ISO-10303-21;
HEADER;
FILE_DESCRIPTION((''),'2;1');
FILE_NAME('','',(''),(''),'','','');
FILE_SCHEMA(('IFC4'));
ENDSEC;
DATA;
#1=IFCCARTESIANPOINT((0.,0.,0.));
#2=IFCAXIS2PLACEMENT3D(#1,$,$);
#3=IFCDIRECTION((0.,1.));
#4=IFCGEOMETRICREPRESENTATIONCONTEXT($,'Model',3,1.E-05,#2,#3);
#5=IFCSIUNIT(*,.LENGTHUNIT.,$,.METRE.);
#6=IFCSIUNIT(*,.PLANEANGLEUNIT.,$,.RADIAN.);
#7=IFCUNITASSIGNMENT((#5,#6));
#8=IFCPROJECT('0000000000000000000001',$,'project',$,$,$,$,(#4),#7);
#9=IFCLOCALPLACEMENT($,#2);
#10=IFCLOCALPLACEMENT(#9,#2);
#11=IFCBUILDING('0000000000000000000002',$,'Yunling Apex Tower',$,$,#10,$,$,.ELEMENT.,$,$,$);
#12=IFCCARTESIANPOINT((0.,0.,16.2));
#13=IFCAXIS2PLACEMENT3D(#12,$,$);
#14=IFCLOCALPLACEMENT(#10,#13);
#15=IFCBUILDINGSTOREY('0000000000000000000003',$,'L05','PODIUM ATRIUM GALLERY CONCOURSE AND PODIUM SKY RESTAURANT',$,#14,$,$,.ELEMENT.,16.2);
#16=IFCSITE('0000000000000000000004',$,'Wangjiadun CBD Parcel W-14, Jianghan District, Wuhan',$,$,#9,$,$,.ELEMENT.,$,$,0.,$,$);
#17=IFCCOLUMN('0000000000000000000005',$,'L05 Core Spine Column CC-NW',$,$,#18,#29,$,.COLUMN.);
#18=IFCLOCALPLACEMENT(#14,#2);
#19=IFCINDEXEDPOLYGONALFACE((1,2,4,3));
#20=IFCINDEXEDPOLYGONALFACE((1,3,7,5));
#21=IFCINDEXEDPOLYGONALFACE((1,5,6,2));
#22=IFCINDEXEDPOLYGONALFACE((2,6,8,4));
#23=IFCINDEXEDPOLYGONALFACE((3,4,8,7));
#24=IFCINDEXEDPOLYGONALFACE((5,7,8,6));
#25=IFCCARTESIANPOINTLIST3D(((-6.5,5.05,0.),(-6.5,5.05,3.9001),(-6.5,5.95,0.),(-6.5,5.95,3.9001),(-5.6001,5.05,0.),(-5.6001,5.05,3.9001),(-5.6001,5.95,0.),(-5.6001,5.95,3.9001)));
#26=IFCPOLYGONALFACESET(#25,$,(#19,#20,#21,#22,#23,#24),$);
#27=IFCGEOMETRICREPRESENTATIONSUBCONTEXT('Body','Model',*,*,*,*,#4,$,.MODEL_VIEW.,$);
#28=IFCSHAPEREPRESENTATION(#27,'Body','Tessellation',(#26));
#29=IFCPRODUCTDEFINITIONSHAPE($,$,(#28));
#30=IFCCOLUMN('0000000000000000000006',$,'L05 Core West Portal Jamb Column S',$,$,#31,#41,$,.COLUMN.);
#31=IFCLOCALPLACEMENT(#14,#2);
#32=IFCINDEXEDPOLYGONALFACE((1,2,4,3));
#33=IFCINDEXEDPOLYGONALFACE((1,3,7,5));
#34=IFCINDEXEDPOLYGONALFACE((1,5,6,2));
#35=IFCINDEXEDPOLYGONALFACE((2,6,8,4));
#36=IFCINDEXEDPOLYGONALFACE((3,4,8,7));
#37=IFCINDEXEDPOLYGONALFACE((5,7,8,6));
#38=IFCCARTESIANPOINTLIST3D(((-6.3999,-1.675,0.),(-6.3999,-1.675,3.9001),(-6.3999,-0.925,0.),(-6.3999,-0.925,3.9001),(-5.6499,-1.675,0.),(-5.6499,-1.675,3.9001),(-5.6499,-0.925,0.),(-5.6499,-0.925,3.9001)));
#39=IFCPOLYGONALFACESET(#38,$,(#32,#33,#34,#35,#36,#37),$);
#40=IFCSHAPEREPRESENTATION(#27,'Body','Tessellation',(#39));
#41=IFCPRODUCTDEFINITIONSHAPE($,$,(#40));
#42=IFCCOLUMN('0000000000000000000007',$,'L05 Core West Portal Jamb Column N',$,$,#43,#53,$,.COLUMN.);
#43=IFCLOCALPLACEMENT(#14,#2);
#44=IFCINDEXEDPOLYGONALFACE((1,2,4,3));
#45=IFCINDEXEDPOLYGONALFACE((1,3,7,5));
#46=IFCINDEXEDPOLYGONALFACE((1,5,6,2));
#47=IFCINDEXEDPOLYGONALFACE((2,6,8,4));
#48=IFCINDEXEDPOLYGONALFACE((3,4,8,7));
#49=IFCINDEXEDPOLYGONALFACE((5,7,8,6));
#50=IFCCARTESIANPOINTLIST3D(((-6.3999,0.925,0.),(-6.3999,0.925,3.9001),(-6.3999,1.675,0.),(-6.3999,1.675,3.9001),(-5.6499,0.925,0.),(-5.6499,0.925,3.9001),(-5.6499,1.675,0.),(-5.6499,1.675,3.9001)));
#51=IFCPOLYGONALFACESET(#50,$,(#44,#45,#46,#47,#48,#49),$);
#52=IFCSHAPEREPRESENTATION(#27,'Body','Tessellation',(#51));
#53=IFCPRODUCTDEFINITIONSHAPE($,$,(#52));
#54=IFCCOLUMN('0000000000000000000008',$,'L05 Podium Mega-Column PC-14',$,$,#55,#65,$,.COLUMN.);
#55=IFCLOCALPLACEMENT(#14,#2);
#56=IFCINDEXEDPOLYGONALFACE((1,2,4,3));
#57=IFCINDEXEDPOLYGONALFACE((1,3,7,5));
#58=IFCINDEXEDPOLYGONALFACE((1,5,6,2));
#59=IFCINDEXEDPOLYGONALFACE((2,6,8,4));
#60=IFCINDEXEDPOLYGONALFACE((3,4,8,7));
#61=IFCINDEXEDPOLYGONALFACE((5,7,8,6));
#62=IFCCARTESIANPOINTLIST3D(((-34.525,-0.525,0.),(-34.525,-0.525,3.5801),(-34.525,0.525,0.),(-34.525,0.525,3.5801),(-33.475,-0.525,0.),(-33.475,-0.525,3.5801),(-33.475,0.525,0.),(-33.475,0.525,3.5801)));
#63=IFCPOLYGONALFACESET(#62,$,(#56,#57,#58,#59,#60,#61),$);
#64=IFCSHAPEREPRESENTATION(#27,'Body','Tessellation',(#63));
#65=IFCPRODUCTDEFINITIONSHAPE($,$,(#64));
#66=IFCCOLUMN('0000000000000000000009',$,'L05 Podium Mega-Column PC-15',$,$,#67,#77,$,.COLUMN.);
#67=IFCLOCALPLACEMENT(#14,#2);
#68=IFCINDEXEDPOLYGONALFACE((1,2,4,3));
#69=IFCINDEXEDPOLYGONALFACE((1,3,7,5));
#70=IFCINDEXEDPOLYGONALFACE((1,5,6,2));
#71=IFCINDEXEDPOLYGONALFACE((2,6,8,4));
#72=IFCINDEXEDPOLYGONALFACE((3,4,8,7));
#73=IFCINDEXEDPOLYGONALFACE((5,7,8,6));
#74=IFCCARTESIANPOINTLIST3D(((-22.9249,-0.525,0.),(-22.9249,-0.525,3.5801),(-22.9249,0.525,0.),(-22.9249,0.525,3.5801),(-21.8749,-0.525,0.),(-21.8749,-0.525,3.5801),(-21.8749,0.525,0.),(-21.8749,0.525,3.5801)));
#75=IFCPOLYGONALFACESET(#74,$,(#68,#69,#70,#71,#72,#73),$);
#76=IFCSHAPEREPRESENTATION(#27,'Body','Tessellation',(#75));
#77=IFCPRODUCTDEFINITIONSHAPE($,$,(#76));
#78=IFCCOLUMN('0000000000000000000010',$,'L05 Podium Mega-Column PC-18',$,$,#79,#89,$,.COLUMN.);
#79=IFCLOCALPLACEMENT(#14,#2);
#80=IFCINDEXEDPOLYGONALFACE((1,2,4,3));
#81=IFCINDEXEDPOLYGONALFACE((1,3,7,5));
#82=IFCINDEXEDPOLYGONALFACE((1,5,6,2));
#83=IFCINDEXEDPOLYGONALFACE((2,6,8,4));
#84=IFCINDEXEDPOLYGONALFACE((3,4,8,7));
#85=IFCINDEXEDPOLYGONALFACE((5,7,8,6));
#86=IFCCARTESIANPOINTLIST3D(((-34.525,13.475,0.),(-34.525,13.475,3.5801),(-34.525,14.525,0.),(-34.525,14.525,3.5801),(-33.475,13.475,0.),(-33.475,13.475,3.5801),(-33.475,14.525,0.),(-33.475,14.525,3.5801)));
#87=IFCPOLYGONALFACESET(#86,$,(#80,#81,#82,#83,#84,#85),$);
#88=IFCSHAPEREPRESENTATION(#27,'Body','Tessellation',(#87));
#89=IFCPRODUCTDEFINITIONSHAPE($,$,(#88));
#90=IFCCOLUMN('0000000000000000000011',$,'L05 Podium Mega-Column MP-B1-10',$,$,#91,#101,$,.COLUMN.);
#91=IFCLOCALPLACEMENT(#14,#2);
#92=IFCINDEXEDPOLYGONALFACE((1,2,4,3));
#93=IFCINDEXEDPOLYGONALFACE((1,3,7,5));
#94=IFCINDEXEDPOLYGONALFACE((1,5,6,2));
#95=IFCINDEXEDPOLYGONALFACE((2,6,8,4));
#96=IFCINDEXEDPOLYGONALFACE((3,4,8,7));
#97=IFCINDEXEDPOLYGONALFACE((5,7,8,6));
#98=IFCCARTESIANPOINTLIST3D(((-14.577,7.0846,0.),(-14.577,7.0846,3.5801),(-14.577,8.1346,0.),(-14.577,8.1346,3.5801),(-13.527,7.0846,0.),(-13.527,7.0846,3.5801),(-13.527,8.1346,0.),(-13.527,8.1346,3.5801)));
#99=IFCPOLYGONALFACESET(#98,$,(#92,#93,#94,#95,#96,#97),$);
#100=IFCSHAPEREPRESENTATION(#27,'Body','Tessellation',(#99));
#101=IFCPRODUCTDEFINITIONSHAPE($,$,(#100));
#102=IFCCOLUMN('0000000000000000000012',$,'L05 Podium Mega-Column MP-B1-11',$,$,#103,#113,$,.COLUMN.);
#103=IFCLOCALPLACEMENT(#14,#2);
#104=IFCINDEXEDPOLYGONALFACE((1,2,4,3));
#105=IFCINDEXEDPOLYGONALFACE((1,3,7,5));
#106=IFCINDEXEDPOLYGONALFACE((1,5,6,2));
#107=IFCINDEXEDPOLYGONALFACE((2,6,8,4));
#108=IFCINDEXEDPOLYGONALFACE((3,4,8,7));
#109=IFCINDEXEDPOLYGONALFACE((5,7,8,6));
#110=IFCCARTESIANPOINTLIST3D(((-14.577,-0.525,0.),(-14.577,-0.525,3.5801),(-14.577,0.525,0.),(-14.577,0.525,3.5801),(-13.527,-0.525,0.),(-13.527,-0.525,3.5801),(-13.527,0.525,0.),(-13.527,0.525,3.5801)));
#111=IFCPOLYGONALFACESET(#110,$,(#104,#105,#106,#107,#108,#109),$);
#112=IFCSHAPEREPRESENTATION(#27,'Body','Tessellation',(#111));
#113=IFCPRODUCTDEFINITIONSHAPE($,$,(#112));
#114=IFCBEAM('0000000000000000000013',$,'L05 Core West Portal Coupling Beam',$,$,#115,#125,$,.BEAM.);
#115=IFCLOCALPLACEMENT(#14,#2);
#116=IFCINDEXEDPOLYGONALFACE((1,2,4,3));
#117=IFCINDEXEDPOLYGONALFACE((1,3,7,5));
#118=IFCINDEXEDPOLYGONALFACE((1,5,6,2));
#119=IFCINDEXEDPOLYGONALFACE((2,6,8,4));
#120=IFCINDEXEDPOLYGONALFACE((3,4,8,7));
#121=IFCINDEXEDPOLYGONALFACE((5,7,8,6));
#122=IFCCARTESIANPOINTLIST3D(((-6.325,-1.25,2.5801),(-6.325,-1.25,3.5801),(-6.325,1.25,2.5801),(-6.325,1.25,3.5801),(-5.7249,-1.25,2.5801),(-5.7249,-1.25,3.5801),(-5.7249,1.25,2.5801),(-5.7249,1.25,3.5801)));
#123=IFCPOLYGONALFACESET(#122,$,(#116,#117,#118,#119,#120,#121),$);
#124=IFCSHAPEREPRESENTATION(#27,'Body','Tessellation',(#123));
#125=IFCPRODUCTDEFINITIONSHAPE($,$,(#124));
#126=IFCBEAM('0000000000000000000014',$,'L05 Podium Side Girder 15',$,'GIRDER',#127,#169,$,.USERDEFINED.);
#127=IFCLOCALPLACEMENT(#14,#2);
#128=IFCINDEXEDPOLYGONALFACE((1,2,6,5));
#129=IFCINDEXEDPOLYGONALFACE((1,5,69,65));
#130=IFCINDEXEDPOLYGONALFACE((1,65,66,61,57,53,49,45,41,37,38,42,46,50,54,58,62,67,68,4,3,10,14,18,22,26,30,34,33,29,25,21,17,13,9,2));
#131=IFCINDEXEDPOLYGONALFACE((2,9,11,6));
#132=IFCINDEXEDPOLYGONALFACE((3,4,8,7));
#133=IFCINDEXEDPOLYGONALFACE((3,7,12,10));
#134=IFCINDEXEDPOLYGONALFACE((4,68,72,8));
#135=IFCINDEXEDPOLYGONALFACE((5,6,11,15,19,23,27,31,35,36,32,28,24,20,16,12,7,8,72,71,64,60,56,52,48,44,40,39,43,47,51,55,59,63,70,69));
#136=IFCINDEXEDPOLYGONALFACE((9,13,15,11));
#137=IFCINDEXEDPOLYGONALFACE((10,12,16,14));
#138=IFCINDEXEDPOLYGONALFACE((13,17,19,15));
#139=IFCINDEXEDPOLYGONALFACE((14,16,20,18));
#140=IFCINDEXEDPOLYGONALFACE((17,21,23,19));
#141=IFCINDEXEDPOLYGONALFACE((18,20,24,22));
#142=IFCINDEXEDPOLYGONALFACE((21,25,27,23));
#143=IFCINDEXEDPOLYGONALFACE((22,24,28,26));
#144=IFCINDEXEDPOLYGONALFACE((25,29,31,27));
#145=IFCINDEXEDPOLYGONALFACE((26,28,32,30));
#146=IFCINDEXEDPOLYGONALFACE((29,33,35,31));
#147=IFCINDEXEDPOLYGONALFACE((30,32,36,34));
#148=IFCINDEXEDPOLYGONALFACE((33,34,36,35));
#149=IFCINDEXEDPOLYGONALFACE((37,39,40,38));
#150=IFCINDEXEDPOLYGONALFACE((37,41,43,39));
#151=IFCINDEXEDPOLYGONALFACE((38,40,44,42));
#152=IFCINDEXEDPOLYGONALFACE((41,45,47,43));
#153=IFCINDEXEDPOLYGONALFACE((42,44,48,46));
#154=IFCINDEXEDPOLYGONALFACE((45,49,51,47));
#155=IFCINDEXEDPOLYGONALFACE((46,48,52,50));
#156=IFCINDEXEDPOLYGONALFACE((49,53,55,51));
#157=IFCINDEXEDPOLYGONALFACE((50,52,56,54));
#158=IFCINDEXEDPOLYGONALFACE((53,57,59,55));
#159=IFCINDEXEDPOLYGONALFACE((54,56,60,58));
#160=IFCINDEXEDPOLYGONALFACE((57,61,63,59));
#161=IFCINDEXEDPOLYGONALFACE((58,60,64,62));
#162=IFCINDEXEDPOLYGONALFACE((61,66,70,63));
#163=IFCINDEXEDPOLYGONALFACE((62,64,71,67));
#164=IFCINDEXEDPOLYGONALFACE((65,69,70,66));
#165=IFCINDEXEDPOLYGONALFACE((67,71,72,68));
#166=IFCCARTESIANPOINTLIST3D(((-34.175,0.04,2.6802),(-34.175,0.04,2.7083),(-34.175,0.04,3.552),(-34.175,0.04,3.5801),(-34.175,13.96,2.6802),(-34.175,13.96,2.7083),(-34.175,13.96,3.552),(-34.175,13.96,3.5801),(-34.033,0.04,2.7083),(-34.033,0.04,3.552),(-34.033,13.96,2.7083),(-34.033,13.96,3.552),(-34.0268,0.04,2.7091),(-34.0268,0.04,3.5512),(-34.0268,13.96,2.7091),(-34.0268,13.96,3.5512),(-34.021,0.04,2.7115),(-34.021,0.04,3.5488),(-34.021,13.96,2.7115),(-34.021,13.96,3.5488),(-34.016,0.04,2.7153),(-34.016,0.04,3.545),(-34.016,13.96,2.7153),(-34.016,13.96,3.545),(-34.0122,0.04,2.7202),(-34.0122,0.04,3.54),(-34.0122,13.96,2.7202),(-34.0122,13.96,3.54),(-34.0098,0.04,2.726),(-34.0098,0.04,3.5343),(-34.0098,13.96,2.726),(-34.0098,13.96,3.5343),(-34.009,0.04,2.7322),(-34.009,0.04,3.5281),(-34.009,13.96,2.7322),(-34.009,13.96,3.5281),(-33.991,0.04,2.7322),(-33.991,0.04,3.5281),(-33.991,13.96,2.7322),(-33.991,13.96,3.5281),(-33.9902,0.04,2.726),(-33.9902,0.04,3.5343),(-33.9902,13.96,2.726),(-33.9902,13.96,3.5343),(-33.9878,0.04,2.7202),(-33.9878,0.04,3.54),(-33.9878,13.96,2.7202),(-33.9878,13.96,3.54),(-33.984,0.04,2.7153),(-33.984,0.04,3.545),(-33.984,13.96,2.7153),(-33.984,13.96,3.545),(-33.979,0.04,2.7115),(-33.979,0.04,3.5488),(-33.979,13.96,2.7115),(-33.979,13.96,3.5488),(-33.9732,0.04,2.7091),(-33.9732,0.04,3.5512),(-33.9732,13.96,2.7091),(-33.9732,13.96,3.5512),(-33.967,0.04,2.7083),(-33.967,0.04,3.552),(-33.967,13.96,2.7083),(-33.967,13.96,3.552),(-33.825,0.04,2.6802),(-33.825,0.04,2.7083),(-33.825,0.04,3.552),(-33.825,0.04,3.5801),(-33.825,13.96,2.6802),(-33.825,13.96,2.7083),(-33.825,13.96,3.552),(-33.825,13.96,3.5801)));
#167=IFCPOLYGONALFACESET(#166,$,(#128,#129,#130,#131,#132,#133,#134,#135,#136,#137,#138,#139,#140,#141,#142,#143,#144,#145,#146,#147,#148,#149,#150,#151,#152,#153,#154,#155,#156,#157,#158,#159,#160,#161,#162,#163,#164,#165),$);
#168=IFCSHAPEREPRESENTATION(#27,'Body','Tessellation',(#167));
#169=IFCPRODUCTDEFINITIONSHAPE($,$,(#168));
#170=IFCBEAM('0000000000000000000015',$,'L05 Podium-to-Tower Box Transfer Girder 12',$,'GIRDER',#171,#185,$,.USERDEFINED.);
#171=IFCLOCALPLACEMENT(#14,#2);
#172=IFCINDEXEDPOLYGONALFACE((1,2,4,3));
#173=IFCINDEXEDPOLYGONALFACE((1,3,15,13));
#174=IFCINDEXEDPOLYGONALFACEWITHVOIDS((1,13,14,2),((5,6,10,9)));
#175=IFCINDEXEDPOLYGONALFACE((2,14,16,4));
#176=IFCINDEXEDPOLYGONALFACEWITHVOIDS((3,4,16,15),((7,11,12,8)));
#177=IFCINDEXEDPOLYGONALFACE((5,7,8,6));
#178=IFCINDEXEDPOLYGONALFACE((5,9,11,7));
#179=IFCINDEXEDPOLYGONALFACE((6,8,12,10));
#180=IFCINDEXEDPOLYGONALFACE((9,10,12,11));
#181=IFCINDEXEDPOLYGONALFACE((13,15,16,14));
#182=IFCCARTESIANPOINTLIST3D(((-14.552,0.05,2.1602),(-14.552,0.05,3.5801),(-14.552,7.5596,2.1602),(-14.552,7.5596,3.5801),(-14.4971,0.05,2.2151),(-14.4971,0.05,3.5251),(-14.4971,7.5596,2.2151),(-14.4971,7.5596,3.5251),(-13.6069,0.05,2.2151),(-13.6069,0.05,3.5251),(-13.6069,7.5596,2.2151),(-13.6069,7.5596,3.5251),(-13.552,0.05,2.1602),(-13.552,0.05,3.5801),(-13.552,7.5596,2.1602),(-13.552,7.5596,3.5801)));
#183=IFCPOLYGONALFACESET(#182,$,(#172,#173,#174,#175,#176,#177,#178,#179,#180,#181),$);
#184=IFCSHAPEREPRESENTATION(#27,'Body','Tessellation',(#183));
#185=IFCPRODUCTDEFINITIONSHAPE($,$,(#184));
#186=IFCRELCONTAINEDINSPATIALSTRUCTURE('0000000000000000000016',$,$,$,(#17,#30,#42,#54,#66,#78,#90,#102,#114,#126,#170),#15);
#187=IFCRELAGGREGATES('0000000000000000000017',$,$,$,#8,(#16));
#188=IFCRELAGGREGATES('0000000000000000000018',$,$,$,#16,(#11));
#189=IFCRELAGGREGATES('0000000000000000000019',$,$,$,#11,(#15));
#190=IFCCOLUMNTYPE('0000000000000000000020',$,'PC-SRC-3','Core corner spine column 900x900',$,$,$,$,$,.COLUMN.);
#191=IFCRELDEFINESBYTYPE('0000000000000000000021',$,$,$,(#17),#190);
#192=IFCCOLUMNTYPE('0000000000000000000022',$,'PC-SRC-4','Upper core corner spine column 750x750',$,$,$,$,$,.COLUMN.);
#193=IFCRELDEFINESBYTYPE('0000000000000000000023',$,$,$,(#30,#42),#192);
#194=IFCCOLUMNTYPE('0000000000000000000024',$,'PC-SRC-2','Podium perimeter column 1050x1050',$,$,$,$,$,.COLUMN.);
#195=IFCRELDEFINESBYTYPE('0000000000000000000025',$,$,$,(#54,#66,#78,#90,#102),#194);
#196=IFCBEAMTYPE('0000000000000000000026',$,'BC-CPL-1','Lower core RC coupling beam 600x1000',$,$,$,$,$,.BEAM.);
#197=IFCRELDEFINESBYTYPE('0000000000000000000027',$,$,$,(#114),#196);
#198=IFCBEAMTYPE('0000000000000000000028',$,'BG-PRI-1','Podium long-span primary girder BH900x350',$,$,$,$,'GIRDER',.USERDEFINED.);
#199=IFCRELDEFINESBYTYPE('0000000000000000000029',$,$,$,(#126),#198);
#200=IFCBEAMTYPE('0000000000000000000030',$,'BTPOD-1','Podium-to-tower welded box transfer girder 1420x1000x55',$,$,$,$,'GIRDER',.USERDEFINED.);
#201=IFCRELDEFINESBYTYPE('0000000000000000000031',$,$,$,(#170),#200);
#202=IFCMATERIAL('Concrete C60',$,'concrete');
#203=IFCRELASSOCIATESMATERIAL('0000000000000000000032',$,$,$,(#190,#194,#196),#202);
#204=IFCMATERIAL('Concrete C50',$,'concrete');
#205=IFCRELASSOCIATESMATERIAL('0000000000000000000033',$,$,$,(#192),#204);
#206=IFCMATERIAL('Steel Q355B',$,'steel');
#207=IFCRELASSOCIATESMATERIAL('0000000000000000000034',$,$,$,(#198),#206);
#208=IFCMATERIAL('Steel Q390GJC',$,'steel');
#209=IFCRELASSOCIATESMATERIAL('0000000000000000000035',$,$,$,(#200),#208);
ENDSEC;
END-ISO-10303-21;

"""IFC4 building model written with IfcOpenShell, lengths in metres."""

from ifc_helpers import new_model, si_unit, direction, frame, origin, origin_2d, place, context, subcontext, project, spatial, rectangle, hollow_rectangle, i_section, extrude, source, transform, mapped, material, material_profile, profile_set, type_object, element, save


model = new_model("IFC4")

# Units and contexts
model_context = context("Model", 3, precision=1e-05, world=origin(), true_north=direction((0.0, 1.0)))
body_context = subcontext(model_context, "Body", "Model", "MODEL_VIEW")
ifc_project = project(units=[si_unit("LENGTHUNIT", "METRE"), si_unit("PLANEANGLEUNIT", "RADIAN")], contexts=[model_context])

# Site, building, storey
site_placement = place(None, origin())
site = spatial("IfcSite", under=ifc_project, at=site_placement, Name="Wangjiadun CBD Parcel W-14, Jianghan District, Wuhan", CompositionType="ELEMENT", RefElevation=0.0)
building_placement = place(site_placement, origin())
building = spatial("IfcBuilding", under=site, at=building_placement, Name="Yunling Apex Tower", CompositionType="ELEMENT")
storey_placement = place(building_placement, frame((0.0, 0.0, 16.2)))
storey = spatial("IfcBuildingStorey", under=building, at=storey_placement, Name="L05", Description="PODIUM ATRIUM GALLERY CONCOURSE AND PODIUM SKY RESTAURANT", CompositionType="ELEMENT", Elevation=16.2)

# Columns
ifc_material_1 = material(Name="Concrete C60", Category="concrete")
ifc_material_profile_1 = material_profile(ifc_material_1, rectangle(XDim=0.8999, YDim=0.8999, at=origin_2d()))
ifc_profile_set_1 = profile_set([ifc_material_profile_1], Name="Concrete C60")
column_type_1 = type_object("IfcColumnType", Name="PC-SRC-3", Description="Core corner spine column 900x900", PredefinedType="COLUMN", material=ifc_profile_set_1)
shared_shape_1 = source(origin(), body_context, "Body", "SweptSolid", [
    extrude(rectangle(XDim=0.8999, YDim=0.8999, at=origin_2d()), origin(), (0.0, 0.0, 1.0), 3.9001),
])
column_placement = place(storey_placement, frame((-6.05, 5.5, 0.0), z_axis=(0.0, 0.0, 1.0), x_axis=(1.0, 0.0, 0.0)))
element("IfcColumn", 1, at=column_placement, inside=storey, type_object=column_type_1, Name="L05 Core Spine Column CC-NW", PredefinedType="COLUMN", context=body_context, shape_type="MappedRepresentation", body=[
    mapped(shared_shape_1, transform((0.0, 0.0, 0.0), scale=1.0)),
])
ifc_material_2 = material(Name="Concrete C50", Category="concrete")
ifc_material_profile_2 = material_profile(ifc_material_2, rectangle(XDim=0.75, YDim=0.75, at=origin_2d()))
ifc_profile_set_2 = profile_set([ifc_material_profile_2], Name="Concrete C50")
column_type_2 = type_object("IfcColumnType", Name="PC-SRC-4", Description="Upper core corner spine column 750x750", PredefinedType="COLUMN", material=ifc_profile_set_2)
shared_shape_2 = source(origin(), body_context, "Body", "SweptSolid", [
    extrude(rectangle(XDim=0.75, YDim=0.75, at=origin_2d()), origin(), (0.0, 0.0, 1.0), 3.9001),
])
for number, where, z_axis, x_axis, name in (
    (2, (-6.0249, -1.3, 0.0), (0.0, 0.0, 1.0), (1.0, 0.0, 0.0), "L05 Core West Portal Jamb Column S"),
    (3, (-6.0249, 1.3, 0.0), (0.0, 0.0, 1.0), (1.0, 0.0, 0.0), "L05 Core West Portal Jamb Column N"),
):
    element("IfcColumn", number, at=place(storey_placement, frame(where, z_axis=z_axis, x_axis=x_axis)), inside=storey, type_object=column_type_2, Name=name, PredefinedType="COLUMN", context=body_context, shape_type="MappedRepresentation", body=[
        mapped(shared_shape_2, transform((0.0, 0.0, 0.0), scale=1.0)),
    ])
ifc_material_profile_3 = material_profile(ifc_material_1, rectangle(XDim=1.05, YDim=1.05, at=origin_2d()))
ifc_profile_set_3 = profile_set([ifc_material_profile_3], Name="Concrete C60")
column_type_3 = type_object("IfcColumnType", Name="PC-SRC-2", Description="Podium perimeter column 1050x1050", PredefinedType="COLUMN", material=ifc_profile_set_3)
shared_shape_3 = source(origin(), body_context, "Body", "SweptSolid", [
    extrude(rectangle(XDim=1.05, YDim=1.05, at=origin_2d()), origin(), (0.0, 0.0, 1.0), 3.5801),
])
for number, where, z_axis, x_axis, name in (
    (4, (-34.0, 0.0, 0.0), (0.0, 0.0, 1.0), (1.0, 0.0, 0.0), "L05 Podium Mega-Column PC-14"),
    (5, (-22.3999, 0.0, 0.0), (0.0, 0.0, 1.0), (1.0, 0.0, 0.0), "L05 Podium Mega-Column PC-15"),
    (6, (-34.0, 14.0, 0.0), (0.0, 0.0, 1.0), (1.0, 0.0, 0.0), "L05 Podium Mega-Column PC-18"),
    (7, (-14.052, 7.6096, 0.0), (0.0, 0.0, 1.0), (1.0, 0.0, 0.0), "L05 Podium Mega-Column MP-B1-10"),
    (8, (-14.052, 0.0, 0.0), (0.0, 0.0, 1.0), (1.0, 0.0, 0.0), "L05 Podium Mega-Column MP-B1-11"),
):
    element("IfcColumn", number, at=place(storey_placement, frame(where, z_axis=z_axis, x_axis=x_axis)), inside=storey, type_object=column_type_3, Name=name, PredefinedType="COLUMN", context=body_context, shape_type="MappedRepresentation", body=[
        mapped(shared_shape_3, transform((0.0, 0.0, 0.0), scale=1.0)),
    ])

# Beams
ifc_material_profile_4 = material_profile(ifc_material_1, rectangle(XDim=0.6001, YDim=1.0, at=origin_2d()))
ifc_profile_set_4 = profile_set([ifc_material_profile_4], Name="Concrete C60")
beam_type_1 = type_object("IfcBeamType", Name="BC-CPL-1", Description="Lower core RC coupling beam 600x1000", PredefinedType="BEAM", material=ifc_profile_set_4)
shared_shape_4 = source(origin(), body_context, "Body", "SweptSolid", [
    extrude(rectangle(XDim=0.6001, YDim=1.0, at=origin_2d()), origin(), (0.0, 0.0, 1.0), 2.5),
])
beam_1_placement = place(storey_placement, frame((-6.0249, -1.25, 3.0801), z_axis=(0.0, 1.0, 0.0), x_axis=(-1.0, 0.0, 0.0)))
element("IfcBeam", 9, at=beam_1_placement, inside=storey, type_object=beam_type_1, Name="L05 Core West Portal Coupling Beam", PredefinedType="BEAM", context=body_context, shape_type="MappedRepresentation", body=[
    mapped(shared_shape_4, transform((0.0, 0.0, 0.0), scale=1.0)),
])
ifc_material_3 = material(Name="Steel Q355B", Category="steel")
ifc_material_profile_5 = material_profile(ifc_material_3, i_section(OverallWidth=0.3501, OverallDepth=0.8999, WebThickness=0.0181, FlangeThickness=0.0281, FilletRadius=0.0239, at=origin_2d()))
ifc_profile_set_5 = profile_set([ifc_material_profile_5], Name="Steel Q355B")
beam_type_2 = type_object("IfcBeamType", Name="BG-PRI-1", Description="Podium long-span primary girder BH900x350", ElementType="GIRDER", PredefinedType="USERDEFINED", material=ifc_profile_set_5)
shared_shape_5 = source(origin(), body_context, "Body", "SweptSolid", [
    extrude(i_section(OverallWidth=0.3501, OverallDepth=0.8999, WebThickness=0.0181, FlangeThickness=0.0281, FilletRadius=0.0239, at=origin_2d()), origin(), (0.0, 0.0, 1.0), 13.9199),
])
beam_2_placement = place(storey_placement, frame((-34.0, 0.04, 3.1301), z_axis=(0.0, 1.0, 0.0), x_axis=(-1.0, 0.0, 0.0)))
element("IfcBeam", 10, at=beam_2_placement, inside=storey, type_object=beam_type_2, Name="L05 Podium Side Girder 15", ObjectType="GIRDER", PredefinedType="USERDEFINED", context=body_context, shape_type="MappedRepresentation", body=[
    mapped(shared_shape_5, transform((0.0, 0.0, 0.0), scale=1.0)),
])
ifc_material_4 = material(Name="Steel Q390GJC", Category="steel")
ifc_material_profile_6 = material_profile(ifc_material_4, hollow_rectangle(XDim=1.0, YDim=1.4199, WallThickness=0.0549, at=origin_2d()))
ifc_profile_set_6 = profile_set([ifc_material_profile_6], Name="Steel Q390GJC")
beam_type_3 = type_object("IfcBeamType", Name="BTPOD-1", Description="Podium-to-tower welded box transfer girder 1420x1000x55", ElementType="GIRDER", PredefinedType="USERDEFINED", material=ifc_profile_set_6)
shared_shape_6 = source(origin(), body_context, "Body", "SweptSolid", [
    extrude(hollow_rectangle(XDim=1.0, YDim=1.4199, WallThickness=0.0549, at=origin_2d()), origin(), (0.0, 0.0, 1.0), 7.5095),
])
for number, where, z_axis, x_axis, name in (
    (11, (-14.052, 7.5596, 2.8701), (0.0, -1.0, 0.0), (1.0, 0.0, 0.0), "L05 Podium-to-Tower Box Transfer Girder 12"),
):
    element("IfcBeam", number, at=place(storey_placement, frame(where, z_axis=z_axis, x_axis=x_axis)), inside=storey, type_object=beam_type_3, Name=name, ObjectType="GIRDER", PredefinedType="USERDEFINED", context=body_context, shape_type="MappedRepresentation", body=[
        mapped(shared_shape_6, transform((0.0, 0.0, 0.0), scale=1.0)),
    ])

save(model, "model.ifc")
